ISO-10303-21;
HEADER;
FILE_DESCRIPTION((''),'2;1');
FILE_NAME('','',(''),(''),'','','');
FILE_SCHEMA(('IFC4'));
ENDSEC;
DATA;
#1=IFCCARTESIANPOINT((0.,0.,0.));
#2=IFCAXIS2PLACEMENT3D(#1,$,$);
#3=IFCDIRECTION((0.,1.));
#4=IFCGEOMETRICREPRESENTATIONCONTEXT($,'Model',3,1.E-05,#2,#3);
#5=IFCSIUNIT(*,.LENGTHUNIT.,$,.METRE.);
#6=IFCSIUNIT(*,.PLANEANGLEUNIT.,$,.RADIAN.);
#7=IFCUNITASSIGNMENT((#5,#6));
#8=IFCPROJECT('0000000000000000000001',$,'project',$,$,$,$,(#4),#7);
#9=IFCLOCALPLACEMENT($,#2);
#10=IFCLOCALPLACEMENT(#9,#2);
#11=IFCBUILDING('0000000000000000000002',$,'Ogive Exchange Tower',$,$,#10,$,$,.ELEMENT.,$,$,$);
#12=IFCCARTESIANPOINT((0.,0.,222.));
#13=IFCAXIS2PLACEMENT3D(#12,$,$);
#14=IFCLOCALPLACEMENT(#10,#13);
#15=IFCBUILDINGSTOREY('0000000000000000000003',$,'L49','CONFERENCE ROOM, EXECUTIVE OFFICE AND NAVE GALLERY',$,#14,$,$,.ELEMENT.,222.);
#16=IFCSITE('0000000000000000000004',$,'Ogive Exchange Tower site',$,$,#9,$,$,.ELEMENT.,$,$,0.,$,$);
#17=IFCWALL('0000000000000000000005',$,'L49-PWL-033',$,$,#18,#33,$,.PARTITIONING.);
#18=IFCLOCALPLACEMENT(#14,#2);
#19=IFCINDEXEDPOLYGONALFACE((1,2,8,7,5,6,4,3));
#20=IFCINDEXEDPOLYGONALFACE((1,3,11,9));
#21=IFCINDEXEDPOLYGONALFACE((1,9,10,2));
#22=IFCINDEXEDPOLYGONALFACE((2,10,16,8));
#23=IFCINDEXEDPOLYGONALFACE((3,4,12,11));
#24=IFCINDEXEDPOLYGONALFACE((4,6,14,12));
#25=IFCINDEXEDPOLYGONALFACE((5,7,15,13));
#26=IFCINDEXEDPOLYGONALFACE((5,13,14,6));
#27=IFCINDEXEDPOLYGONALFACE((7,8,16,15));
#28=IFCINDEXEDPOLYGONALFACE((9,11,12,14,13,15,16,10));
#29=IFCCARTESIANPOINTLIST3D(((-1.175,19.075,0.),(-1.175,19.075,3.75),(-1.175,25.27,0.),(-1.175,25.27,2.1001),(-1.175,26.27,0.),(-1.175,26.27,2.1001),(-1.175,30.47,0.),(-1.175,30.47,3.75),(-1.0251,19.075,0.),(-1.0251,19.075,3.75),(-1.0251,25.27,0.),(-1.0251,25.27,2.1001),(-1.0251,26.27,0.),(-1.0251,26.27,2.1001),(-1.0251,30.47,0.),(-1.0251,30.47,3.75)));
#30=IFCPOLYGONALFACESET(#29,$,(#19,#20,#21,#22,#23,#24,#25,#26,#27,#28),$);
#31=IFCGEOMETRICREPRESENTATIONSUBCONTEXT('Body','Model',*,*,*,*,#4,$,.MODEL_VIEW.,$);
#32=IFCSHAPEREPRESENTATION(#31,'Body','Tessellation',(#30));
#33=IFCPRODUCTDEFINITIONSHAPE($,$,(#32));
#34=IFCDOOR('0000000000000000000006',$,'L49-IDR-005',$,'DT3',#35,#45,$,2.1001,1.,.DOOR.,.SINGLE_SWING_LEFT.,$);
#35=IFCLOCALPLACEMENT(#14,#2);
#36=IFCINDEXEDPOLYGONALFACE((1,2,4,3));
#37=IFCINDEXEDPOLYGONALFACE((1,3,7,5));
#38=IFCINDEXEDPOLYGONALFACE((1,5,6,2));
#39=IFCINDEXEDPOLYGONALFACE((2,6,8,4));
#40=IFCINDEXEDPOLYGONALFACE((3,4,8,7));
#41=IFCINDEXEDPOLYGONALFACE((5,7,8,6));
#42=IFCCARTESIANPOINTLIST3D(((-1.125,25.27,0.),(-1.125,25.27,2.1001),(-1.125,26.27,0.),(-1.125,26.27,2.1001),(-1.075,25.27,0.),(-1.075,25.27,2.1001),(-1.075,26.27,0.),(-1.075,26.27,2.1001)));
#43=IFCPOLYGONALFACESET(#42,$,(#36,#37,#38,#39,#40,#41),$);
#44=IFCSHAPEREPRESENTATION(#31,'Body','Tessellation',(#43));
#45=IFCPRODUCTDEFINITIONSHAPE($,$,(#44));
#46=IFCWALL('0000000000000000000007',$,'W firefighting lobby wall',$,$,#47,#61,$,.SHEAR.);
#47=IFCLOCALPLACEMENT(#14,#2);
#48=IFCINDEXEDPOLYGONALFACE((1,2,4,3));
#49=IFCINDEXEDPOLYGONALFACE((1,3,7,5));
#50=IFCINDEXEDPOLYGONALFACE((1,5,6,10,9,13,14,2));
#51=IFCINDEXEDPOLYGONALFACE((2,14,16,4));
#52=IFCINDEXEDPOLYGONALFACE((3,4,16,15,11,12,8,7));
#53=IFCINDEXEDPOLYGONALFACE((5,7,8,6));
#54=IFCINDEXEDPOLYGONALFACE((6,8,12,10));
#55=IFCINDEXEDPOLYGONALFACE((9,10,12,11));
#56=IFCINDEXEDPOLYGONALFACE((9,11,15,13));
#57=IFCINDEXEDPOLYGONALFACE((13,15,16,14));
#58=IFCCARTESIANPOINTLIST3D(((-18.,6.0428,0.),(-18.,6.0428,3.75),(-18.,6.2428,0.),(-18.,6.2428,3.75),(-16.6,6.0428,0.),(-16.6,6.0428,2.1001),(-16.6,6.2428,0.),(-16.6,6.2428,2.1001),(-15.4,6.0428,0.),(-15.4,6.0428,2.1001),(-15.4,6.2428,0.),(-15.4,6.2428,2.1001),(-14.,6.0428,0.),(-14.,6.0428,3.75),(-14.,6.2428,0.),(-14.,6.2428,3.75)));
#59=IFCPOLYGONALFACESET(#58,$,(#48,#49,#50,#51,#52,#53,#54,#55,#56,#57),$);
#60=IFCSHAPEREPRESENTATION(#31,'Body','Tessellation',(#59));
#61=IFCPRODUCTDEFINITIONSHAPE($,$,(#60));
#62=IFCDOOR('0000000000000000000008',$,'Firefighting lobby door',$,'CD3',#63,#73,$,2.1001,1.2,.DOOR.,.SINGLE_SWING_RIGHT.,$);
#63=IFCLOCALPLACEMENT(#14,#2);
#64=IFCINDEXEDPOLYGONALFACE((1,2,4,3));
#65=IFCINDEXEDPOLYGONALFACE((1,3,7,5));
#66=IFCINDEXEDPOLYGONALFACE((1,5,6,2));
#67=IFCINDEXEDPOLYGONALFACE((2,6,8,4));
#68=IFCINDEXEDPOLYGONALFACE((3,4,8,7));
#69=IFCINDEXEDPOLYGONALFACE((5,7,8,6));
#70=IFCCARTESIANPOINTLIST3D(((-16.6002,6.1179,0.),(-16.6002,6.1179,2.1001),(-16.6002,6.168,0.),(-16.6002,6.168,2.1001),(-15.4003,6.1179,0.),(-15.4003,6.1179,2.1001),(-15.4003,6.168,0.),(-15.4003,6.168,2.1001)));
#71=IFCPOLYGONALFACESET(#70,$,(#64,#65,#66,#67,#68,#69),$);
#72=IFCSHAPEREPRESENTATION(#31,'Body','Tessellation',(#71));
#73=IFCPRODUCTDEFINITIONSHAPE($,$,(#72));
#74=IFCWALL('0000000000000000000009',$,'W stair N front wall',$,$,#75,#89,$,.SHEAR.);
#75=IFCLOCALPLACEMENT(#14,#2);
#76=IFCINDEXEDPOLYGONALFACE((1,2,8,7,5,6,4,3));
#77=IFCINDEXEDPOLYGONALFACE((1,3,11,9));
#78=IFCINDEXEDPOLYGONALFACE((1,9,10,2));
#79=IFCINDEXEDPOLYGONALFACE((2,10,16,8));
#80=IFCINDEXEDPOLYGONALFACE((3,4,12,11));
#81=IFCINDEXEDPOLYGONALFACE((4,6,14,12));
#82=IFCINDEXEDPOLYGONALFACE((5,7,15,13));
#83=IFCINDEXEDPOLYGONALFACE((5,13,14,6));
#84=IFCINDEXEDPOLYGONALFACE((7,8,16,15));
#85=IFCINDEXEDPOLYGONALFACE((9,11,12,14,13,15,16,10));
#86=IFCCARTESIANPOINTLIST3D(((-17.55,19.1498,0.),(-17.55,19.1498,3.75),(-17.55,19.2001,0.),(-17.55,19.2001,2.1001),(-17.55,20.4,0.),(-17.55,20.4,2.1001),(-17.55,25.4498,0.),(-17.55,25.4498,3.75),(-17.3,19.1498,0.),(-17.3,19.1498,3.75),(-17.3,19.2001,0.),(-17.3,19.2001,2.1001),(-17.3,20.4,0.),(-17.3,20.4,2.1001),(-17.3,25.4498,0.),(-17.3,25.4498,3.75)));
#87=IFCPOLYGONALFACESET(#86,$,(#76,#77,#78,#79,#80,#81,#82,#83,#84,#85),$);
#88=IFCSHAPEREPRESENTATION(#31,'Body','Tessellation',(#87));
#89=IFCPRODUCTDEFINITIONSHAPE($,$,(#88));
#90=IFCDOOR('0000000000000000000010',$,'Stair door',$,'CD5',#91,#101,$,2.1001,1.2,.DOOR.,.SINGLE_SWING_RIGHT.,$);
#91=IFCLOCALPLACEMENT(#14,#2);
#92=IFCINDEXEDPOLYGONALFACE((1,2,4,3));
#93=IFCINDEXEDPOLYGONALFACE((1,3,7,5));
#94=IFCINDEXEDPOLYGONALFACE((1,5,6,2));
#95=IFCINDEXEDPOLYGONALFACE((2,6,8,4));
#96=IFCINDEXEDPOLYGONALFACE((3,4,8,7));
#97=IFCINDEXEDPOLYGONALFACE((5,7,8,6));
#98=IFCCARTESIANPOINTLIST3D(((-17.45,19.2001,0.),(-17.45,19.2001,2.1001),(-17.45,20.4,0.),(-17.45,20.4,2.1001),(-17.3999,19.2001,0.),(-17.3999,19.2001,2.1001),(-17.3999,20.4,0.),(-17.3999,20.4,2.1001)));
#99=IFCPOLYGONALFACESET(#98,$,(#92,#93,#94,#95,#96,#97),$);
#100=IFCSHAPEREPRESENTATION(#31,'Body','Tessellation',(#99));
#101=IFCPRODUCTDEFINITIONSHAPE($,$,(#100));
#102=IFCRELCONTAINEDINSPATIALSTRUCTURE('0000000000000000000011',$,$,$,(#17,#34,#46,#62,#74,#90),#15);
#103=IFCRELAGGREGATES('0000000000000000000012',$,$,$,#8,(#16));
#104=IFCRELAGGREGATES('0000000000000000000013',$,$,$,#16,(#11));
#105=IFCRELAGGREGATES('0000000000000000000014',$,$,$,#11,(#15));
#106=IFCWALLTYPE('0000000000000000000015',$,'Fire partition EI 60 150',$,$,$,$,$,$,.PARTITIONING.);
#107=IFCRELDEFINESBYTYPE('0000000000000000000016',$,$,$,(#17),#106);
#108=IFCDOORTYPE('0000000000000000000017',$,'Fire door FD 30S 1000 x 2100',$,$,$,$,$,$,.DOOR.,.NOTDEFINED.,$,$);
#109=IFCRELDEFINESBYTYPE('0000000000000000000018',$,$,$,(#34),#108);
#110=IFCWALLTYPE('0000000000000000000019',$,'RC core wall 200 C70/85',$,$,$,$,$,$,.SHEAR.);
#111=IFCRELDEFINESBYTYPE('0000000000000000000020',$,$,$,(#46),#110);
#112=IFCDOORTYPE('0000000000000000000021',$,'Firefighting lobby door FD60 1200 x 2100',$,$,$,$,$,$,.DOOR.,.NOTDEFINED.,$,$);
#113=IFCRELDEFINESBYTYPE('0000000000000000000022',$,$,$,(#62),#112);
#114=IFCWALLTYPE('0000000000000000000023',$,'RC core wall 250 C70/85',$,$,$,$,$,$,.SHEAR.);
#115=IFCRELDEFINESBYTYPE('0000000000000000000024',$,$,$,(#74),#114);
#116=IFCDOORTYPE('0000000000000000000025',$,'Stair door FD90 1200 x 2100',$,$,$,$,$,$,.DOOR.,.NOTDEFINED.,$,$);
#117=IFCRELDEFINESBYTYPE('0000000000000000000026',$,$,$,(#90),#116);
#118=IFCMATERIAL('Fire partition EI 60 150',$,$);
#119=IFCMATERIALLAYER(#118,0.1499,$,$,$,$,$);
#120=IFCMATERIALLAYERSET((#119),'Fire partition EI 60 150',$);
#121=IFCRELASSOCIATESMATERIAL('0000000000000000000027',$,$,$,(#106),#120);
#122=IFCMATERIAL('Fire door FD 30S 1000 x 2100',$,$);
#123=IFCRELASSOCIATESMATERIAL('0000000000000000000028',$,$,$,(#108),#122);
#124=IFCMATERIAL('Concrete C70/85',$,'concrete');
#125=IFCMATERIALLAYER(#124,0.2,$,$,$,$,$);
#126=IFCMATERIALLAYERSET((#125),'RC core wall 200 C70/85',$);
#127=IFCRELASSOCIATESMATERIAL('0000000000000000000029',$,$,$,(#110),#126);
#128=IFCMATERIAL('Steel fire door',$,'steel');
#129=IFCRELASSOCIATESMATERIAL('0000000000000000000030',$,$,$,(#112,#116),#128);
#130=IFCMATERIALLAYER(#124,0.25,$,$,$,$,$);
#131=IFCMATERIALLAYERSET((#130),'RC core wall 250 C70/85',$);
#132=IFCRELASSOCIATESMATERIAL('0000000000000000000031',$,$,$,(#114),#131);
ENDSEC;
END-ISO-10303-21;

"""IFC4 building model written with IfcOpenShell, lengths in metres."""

from ifc_helpers import new_model, si_unit, direction, frame, frame_2d, origin, place, context, subcontext, project, spatial, rectangle, extrude, material, layer, layer_set, type_object, element, fill, save


model = new_model("IFC4")

# Units and contexts
model_context = context("Model", 3, precision=1e-05, world=origin(), true_north=direction((0.0, 1.0)))
body_context = subcontext(model_context, "Body", "Model", "MODEL_VIEW")
ifc_project = project(units=[si_unit("LENGTHUNIT", "METRE"), si_unit("PLANEANGLEUNIT", "RADIAN")], contexts=[model_context])

# Site, building, storey
site_placement = place(None, origin())
site = spatial("IfcSite", under=ifc_project, at=site_placement, Name="Ogive Exchange Tower site", CompositionType="ELEMENT", RefElevation=0.0)
building_placement = place(site_placement, origin())
building = spatial("IfcBuilding", under=site, at=building_placement, Name="Ogive Exchange Tower", CompositionType="ELEMENT")
storey_placement = place(building_placement, frame((0.0, 0.0, 222.0)))
storey = spatial("IfcBuildingStorey", under=building, at=storey_placement, Name="L49", Description="CONFERENCE ROOM, EXECUTIVE OFFICE AND NAVE GALLERY", CompositionType="ELEMENT", Elevation=222.0)

# Shared definitions
ifc_material_1 = material(Name="Fire partition EI 60 150")
ifc_layer_1 = layer(ifc_material_1, 0.1499)
ifc_layer_set_1 = layer_set([ifc_layer_1], Name="Fire partition EI 60 150")
wall_type_1 = type_object("IfcWallType", Name="Fire partition EI 60 150", PredefinedType="PARTITIONING", material=ifc_layer_set_1)

# Walls, openings, doors
wall_1_placement = place(storey_placement, frame((-1.1001, 19.075, 0.0), z_axis=(0.0, 0.0, 1.0), x_axis=(0.0, 1.0, 0.0)))
wall_1 = element("IfcWall", 1, at=wall_1_placement, inside=storey, type_object=wall_type_1, Name="L49-PWL-033", PredefinedType="PARTITIONING", context=body_context, shape_type="SweptSolid", body=[
    extrude(rectangle(XDim=11.395, YDim=0.1499, at=frame_2d((5.6975, 0.0))), origin(), (0.0, 0.0, 1.0), 3.75),
])
opening_1_placement = place(wall_1_placement, frame((6.1951, 0.0, 0.0)))
opening_1 = element("IfcOpeningElement", 2, at=opening_1_placement, cuts=wall_1, PredefinedType="OPENING", context=body_context, shape_type="SweptSolid", body=[
    extrude(rectangle(XDim=1.0, YDim=2.1001, at=frame_2d((0.5, 1.05))), frame((0.0, 0.085, 0.0), z_axis=(0.0, -1.0, 0.0), x_axis=(1.0, 0.0, 0.0)), (0.0, 0.0, 1.0), 0.1699),
])
ifc_material_2 = material(Name="Fire door FD 30S 1000 x 2100")
door_type_1 = type_object("IfcDoorType", Name="Fire door FD 30S 1000 x 2100", OperationType="NOTDEFINED", PredefinedType="DOOR", material=ifc_material_2)
door_1_placement = place(opening_1_placement, origin())
door_1 = element("IfcDoor", 3, at=door_1_placement, inside=storey, type_object=door_type_1, Name="L49-IDR-005", ObjectType="DT3", OperationType="SINGLE_SWING_LEFT", OverallHeight=2.1001, OverallWidth=1.0, PredefinedType="DOOR", context=body_context, shape_type="SweptSolid", body=[
    extrude(rectangle(XDim=1.0, YDim=2.1001, at=frame_2d((0.5, 1.05))), frame((0.0, 0.0249, 0.0), z_axis=(0.0, -1.0, 0.0), x_axis=(1.0, 0.0, 0.0)), (0.0, 0.0, 1.0), 0.05),
])
fill(opening_1, door_1)
ifc_material_3 = material(Name="Concrete C70/85", Category="concrete")
ifc_layer_2 = layer(ifc_material_3, 0.2)
ifc_layer_set_2 = layer_set([ifc_layer_2], Name="RC core wall 200 C70/85")
wall_type_2 = type_object("IfcWallType", Name="RC core wall 200 C70/85", PredefinedType="SHEAR", material=ifc_layer_set_2)
wall_2_placement = place(storey_placement, frame((-18.0, 6.1428, 0.0), z_axis=(0.0, 0.0, 1.0), x_axis=(1.0, 0.0, 0.0)))
wall_2 = element("IfcWall", 4, at=wall_2_placement, inside=storey, type_object=wall_type_2, Name="W firefighting lobby wall", PredefinedType="SHEAR", context=body_context, shape_type="SweptSolid", body=[
    extrude(rectangle(XDim=4.0, YDim=0.2, at=frame_2d((2.0, 0.0))), origin(), (0.0, 0.0, 1.0), 3.75),
])
opening_2_placement = place(wall_2_placement, frame((1.3999, 0.0, 0.0)))
opening_2 = element("IfcOpeningElement", 5, at=opening_2_placement, cuts=wall_2, PredefinedType="OPENING", context=body_context, shape_type="SweptSolid", body=[
    extrude(rectangle(XDim=1.2, YDim=2.1001, at=frame_2d((0.6001, 1.05))), frame((0.0, 0.1099, 0.0), z_axis=(0.0, -1.0, 0.0), x_axis=(1.0, 0.0, 0.0)), (0.0, 0.0, 1.0), 0.22),
])
ifc_material_4 = material(Name="Steel fire door", Category="steel")
door_type_2 = type_object("IfcDoorType", Name="Firefighting lobby door FD60 1200 x 2100", OperationType="NOTDEFINED", PredefinedType="DOOR", material=ifc_material_4)
door_2_placement = place(opening_2_placement, frame((1.2, 0.0, 0.0), z_axis=(0.0, 0.0, 1.0), x_axis=(-1.0, 0.0, 0.0)))
door_2 = element("IfcDoor", 6, at=door_2_placement, inside=storey, type_object=door_type_2, Name="Firefighting lobby door", ObjectType="CD3", OperationType="SINGLE_SWING_RIGHT", OverallHeight=2.1001, OverallWidth=1.2, PredefinedType="DOOR", context=body_context, shape_type="SweptSolid", body=[
    extrude(rectangle(XDim=1.2, YDim=2.1001, at=frame_2d((0.6001, 1.05))), frame((0.0, 0.0249, 0.0), z_axis=(0.0, -1.0, 0.0), x_axis=(1.0, 0.0, 0.0)), (0.0, 0.0, 1.0), 0.05),
])
fill(opening_2, door_2)
ifc_layer_3 = layer(ifc_material_3, 0.25)
ifc_layer_set_3 = layer_set([ifc_layer_3], Name="RC core wall 250 C70/85")
wall_type_3 = type_object("IfcWallType", Name="RC core wall 250 C70/85", PredefinedType="SHEAR", material=ifc_layer_set_3)
wall_3_placement = place(storey_placement, frame((-17.425, 19.1499, 0.0), z_axis=(0.0, 0.0, 1.0), x_axis=(0.0, 1.0, 0.0)))
wall_3 = element("IfcWall", 7, at=wall_3_placement, inside=storey, type_object=wall_type_3, Name="W stair N front wall", PredefinedType="SHEAR", context=body_context, shape_type="SweptSolid", body=[
    extrude(rectangle(XDim=6.3, YDim=0.25, at=frame_2d((3.1499, 0.0))), origin(), (0.0, 0.0, 1.0), 3.75),
])
opening_3_placement = place(wall_3_placement, frame((0.05, 0.0, 0.0)))
opening_3 = element("IfcOpeningElement", 8, at=opening_3_placement, cuts=wall_3, PredefinedType="OPENING", context=body_context, shape_type="SweptSolid", body=[
    extrude(rectangle(XDim=1.2, YDim=2.1001, at=frame_2d((0.6001, 1.05))), frame((0.0, 0.135, 0.0), z_axis=(0.0, -1.0, 0.0), x_axis=(1.0, 0.0, 0.0)), (0.0, 0.0, 1.0), 0.27),
])
door_type_3 = type_object("IfcDoorType", Name="Stair door FD90 1200 x 2100", OperationType="NOTDEFINED", PredefinedType="DOOR", material=ifc_material_4)
door_3_placement = place(opening_3_placement, origin())
door_3 = element("IfcDoor", 9, at=door_3_placement, inside=storey, type_object=door_type_3, Name="Stair door", ObjectType="CD5", OperationType="SINGLE_SWING_RIGHT", OverallHeight=2.1001, OverallWidth=1.2, PredefinedType="DOOR", context=body_context, shape_type="SweptSolid", body=[
    extrude(rectangle(XDim=1.2, YDim=2.1001, at=frame_2d((0.6001, 1.05))), frame((0.0, 0.0249, 0.0), z_axis=(0.0, -1.0, 0.0), x_axis=(1.0, 0.0, 0.0)), (0.0, 0.0, 1.0), 0.05),
])
fill(opening_3, door_3)

save(model, "model.ifc")
